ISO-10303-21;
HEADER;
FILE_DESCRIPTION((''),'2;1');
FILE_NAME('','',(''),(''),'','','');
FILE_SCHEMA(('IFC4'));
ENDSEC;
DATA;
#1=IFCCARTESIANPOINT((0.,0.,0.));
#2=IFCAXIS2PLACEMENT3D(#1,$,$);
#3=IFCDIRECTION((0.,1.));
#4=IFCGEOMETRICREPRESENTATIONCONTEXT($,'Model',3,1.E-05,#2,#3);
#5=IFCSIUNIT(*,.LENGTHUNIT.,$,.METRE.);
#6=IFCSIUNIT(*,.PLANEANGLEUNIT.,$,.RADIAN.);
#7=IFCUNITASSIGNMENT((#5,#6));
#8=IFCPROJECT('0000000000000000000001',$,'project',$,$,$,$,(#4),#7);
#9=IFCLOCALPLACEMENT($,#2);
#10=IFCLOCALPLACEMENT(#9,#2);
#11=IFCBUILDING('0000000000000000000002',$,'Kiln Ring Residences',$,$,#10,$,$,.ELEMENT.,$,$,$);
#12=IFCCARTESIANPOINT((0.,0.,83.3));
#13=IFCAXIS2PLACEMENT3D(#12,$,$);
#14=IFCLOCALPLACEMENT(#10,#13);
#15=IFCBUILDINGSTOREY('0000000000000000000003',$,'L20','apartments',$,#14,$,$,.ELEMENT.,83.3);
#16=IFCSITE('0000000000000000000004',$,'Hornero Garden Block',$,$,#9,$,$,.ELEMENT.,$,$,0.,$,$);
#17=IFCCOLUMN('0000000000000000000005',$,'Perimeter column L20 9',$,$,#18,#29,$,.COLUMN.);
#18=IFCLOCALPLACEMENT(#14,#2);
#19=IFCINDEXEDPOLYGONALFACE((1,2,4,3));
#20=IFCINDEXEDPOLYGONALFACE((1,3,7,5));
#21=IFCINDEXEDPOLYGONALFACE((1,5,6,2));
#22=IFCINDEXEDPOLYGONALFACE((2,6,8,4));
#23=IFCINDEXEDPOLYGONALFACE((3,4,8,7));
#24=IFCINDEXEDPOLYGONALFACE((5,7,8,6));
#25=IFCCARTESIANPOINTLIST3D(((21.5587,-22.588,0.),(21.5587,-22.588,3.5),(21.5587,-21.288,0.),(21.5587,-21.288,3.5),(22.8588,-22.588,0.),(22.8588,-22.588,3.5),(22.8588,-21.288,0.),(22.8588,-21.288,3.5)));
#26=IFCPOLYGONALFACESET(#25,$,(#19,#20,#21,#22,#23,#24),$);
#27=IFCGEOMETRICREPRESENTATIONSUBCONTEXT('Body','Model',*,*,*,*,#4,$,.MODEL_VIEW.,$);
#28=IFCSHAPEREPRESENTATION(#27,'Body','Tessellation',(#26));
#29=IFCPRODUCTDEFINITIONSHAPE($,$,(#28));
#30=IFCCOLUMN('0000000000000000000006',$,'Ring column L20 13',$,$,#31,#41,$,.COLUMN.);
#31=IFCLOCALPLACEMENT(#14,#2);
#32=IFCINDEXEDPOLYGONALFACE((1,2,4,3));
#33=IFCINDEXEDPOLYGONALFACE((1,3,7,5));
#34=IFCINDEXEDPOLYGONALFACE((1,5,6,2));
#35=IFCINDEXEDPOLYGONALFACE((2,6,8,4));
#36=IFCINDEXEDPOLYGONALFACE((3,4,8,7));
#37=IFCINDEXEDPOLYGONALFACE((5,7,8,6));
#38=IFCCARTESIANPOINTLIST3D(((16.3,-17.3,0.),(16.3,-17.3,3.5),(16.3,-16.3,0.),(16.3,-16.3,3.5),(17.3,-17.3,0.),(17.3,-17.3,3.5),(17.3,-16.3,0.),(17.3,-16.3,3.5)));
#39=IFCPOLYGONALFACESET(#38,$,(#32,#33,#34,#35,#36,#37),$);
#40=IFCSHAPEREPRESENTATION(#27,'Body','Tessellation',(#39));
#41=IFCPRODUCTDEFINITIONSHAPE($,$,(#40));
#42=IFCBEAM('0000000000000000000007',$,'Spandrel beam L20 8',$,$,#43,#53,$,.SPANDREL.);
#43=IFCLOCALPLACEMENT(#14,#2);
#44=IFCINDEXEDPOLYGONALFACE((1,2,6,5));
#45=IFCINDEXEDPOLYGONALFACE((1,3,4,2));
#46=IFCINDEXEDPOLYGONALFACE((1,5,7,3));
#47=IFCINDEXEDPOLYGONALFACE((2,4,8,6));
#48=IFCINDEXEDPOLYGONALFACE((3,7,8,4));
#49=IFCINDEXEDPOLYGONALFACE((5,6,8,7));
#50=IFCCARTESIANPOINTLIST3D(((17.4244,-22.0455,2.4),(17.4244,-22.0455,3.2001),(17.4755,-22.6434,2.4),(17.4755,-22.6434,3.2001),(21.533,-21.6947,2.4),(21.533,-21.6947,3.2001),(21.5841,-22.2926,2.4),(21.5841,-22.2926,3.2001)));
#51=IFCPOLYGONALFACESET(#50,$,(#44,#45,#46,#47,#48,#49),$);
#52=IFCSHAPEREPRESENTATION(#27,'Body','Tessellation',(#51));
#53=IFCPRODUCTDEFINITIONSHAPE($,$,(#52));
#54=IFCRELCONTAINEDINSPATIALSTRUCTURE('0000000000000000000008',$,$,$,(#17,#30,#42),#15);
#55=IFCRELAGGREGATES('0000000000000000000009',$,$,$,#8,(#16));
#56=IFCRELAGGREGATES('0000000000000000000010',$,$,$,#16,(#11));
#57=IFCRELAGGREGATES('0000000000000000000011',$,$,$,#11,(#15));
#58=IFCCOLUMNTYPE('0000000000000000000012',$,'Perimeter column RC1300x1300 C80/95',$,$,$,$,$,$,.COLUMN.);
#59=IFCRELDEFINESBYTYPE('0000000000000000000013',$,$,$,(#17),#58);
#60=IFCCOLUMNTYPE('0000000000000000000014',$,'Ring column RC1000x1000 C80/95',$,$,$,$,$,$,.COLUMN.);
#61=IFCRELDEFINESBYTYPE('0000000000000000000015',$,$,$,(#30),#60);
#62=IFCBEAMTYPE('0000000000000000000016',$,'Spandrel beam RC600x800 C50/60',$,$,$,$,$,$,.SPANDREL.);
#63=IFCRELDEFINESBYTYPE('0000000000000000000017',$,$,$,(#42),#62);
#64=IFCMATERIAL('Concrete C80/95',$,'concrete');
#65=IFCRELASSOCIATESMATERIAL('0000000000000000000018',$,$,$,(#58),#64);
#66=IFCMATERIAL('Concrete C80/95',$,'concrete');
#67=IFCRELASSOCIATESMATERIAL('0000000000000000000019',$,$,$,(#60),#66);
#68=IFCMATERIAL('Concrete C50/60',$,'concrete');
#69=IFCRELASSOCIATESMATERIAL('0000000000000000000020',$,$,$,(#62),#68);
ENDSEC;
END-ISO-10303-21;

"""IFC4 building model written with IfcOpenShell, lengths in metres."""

from ifc_helpers import new_model, si_unit, direction, frame, origin, origin_2d, place, context, subcontext, project, spatial, rectangle, extrude, material, material_profile, profile_set, type_object, element, save


model = new_model("IFC4")

# Units and contexts
model_context = context("Model", 3, precision=1e-05, world=origin(), true_north=direction((0.0, 1.0)))
body_context = subcontext(model_context, "Body", "Model", "MODEL_VIEW")
ifc_project = project(units=[si_unit("LENGTHUNIT", "METRE"), si_unit("PLANEANGLEUNIT", "RADIAN")], contexts=[model_context])

# Site, building, storey
site_placement = place(None, origin())
site = spatial("IfcSite", under=ifc_project, at=site_placement, Name="Hornero Garden Block", CompositionType="ELEMENT", RefElevation=0.0)
building_placement = place(site_placement, origin())
building = spatial("IfcBuilding", under=site, at=building_placement, Name="Kiln Ring Residences", CompositionType="ELEMENT")
storey_placement = place(building_placement, frame((0.0, 0.0, 83.3)))
storey = spatial("IfcBuildingStorey", under=building, at=storey_placement, Name="L20", Description="apartments", CompositionType="ELEMENT", Elevation=83.3)

# Columns
ifc_material_1 = material(Name="Concrete C80/95", Category="concrete")
ifc_material_profile_1 = material_profile(ifc_material_1, rectangle(XDim=1.3, YDim=1.3, at=origin_2d()), Name="RC1300x1300")
ifc_profile_set_1 = profile_set([ifc_material_profile_1], Name="Concrete C80/95")
column_type_1 = type_object("IfcColumnType", Name="Perimeter column RC1300x1300 C80/95", PredefinedType="COLUMN", material=ifc_profile_set_1)
column_1_placement = place(storey_placement, frame((22.2087, -21.938, 0.0), z_axis=(0.0, 0.0, 1.0), x_axis=(1.0, 0.0, 0.0)))
element("IfcColumn", 1, at=column_1_placement, inside=storey, type_object=column_type_1, Name="Perimeter column L20 9", PredefinedType="COLUMN", context=body_context, shape_type="SweptSolid", body=[
    extrude(rectangle(XDim=1.3, YDim=1.3, at=origin_2d()), origin(), (0.0, 0.0, 1.0), 3.5),
])
ifc_material_2 = material(Name="Concrete C80/95", Category="concrete")
ifc_material_profile_2 = material_profile(ifc_material_2, rectangle(XDim=1.0, YDim=1.0, at=origin_2d()), Name="RC1000x1000")
ifc_profile_set_2 = profile_set([ifc_material_profile_2], Name="Concrete C80/95")
column_type_2 = type_object("IfcColumnType", Name="Ring column RC1000x1000 C80/95", PredefinedType="COLUMN", material=ifc_profile_set_2)
column_2_placement = place(storey_placement, frame((16.8, -16.8, 0.0), z_axis=(0.0, 0.0, 1.0), x_axis=(1.0, 0.0, 0.0)))
element("IfcColumn", 2, at=column_2_placement, inside=storey, type_object=column_type_2, Name="Ring column L20 13", PredefinedType="COLUMN", context=body_context, shape_type="SweptSolid", body=[
    extrude(rectangle(XDim=1.0, YDim=1.0, at=origin_2d()), origin(), (0.0, 0.0, 1.0), 3.5),
])

# Beam
ifc_material_3 = material(Name="Concrete C50/60", Category="concrete")
ifc_material_profile_3 = material_profile(ifc_material_3, rectangle(XDim=0.6001, YDim=0.8, at=origin_2d()), Name="RC600x800")
ifc_profile_set_3 = profile_set([ifc_material_profile_3], Name="Concrete C50/60")
beam_type = type_object("IfcBeamType", Name="Spandrel beam RC600x800 C50/60", PredefinedType="SPANDREL", material=ifc_profile_set_3)
beam_placement = place(storey_placement, frame((17.45, -22.3445, 2.8), z_axis=(0.996374, 0.085079, 0.0), x_axis=(-0.085079, 0.996374, 0.0)))
element("IfcBeam", 3, at=beam_placement, inside=storey, type_object=beam_type, Name="Spandrel beam L20 8", PredefinedType="SPANDREL", context=body_context, shape_type="SweptSolid", body=[
    extrude(rectangle(XDim=0.6001, YDim=0.8, at=origin_2d()), origin(), (0.0, 0.0, 1.0), 4.1235),
])

save(model, "model.ifc")
